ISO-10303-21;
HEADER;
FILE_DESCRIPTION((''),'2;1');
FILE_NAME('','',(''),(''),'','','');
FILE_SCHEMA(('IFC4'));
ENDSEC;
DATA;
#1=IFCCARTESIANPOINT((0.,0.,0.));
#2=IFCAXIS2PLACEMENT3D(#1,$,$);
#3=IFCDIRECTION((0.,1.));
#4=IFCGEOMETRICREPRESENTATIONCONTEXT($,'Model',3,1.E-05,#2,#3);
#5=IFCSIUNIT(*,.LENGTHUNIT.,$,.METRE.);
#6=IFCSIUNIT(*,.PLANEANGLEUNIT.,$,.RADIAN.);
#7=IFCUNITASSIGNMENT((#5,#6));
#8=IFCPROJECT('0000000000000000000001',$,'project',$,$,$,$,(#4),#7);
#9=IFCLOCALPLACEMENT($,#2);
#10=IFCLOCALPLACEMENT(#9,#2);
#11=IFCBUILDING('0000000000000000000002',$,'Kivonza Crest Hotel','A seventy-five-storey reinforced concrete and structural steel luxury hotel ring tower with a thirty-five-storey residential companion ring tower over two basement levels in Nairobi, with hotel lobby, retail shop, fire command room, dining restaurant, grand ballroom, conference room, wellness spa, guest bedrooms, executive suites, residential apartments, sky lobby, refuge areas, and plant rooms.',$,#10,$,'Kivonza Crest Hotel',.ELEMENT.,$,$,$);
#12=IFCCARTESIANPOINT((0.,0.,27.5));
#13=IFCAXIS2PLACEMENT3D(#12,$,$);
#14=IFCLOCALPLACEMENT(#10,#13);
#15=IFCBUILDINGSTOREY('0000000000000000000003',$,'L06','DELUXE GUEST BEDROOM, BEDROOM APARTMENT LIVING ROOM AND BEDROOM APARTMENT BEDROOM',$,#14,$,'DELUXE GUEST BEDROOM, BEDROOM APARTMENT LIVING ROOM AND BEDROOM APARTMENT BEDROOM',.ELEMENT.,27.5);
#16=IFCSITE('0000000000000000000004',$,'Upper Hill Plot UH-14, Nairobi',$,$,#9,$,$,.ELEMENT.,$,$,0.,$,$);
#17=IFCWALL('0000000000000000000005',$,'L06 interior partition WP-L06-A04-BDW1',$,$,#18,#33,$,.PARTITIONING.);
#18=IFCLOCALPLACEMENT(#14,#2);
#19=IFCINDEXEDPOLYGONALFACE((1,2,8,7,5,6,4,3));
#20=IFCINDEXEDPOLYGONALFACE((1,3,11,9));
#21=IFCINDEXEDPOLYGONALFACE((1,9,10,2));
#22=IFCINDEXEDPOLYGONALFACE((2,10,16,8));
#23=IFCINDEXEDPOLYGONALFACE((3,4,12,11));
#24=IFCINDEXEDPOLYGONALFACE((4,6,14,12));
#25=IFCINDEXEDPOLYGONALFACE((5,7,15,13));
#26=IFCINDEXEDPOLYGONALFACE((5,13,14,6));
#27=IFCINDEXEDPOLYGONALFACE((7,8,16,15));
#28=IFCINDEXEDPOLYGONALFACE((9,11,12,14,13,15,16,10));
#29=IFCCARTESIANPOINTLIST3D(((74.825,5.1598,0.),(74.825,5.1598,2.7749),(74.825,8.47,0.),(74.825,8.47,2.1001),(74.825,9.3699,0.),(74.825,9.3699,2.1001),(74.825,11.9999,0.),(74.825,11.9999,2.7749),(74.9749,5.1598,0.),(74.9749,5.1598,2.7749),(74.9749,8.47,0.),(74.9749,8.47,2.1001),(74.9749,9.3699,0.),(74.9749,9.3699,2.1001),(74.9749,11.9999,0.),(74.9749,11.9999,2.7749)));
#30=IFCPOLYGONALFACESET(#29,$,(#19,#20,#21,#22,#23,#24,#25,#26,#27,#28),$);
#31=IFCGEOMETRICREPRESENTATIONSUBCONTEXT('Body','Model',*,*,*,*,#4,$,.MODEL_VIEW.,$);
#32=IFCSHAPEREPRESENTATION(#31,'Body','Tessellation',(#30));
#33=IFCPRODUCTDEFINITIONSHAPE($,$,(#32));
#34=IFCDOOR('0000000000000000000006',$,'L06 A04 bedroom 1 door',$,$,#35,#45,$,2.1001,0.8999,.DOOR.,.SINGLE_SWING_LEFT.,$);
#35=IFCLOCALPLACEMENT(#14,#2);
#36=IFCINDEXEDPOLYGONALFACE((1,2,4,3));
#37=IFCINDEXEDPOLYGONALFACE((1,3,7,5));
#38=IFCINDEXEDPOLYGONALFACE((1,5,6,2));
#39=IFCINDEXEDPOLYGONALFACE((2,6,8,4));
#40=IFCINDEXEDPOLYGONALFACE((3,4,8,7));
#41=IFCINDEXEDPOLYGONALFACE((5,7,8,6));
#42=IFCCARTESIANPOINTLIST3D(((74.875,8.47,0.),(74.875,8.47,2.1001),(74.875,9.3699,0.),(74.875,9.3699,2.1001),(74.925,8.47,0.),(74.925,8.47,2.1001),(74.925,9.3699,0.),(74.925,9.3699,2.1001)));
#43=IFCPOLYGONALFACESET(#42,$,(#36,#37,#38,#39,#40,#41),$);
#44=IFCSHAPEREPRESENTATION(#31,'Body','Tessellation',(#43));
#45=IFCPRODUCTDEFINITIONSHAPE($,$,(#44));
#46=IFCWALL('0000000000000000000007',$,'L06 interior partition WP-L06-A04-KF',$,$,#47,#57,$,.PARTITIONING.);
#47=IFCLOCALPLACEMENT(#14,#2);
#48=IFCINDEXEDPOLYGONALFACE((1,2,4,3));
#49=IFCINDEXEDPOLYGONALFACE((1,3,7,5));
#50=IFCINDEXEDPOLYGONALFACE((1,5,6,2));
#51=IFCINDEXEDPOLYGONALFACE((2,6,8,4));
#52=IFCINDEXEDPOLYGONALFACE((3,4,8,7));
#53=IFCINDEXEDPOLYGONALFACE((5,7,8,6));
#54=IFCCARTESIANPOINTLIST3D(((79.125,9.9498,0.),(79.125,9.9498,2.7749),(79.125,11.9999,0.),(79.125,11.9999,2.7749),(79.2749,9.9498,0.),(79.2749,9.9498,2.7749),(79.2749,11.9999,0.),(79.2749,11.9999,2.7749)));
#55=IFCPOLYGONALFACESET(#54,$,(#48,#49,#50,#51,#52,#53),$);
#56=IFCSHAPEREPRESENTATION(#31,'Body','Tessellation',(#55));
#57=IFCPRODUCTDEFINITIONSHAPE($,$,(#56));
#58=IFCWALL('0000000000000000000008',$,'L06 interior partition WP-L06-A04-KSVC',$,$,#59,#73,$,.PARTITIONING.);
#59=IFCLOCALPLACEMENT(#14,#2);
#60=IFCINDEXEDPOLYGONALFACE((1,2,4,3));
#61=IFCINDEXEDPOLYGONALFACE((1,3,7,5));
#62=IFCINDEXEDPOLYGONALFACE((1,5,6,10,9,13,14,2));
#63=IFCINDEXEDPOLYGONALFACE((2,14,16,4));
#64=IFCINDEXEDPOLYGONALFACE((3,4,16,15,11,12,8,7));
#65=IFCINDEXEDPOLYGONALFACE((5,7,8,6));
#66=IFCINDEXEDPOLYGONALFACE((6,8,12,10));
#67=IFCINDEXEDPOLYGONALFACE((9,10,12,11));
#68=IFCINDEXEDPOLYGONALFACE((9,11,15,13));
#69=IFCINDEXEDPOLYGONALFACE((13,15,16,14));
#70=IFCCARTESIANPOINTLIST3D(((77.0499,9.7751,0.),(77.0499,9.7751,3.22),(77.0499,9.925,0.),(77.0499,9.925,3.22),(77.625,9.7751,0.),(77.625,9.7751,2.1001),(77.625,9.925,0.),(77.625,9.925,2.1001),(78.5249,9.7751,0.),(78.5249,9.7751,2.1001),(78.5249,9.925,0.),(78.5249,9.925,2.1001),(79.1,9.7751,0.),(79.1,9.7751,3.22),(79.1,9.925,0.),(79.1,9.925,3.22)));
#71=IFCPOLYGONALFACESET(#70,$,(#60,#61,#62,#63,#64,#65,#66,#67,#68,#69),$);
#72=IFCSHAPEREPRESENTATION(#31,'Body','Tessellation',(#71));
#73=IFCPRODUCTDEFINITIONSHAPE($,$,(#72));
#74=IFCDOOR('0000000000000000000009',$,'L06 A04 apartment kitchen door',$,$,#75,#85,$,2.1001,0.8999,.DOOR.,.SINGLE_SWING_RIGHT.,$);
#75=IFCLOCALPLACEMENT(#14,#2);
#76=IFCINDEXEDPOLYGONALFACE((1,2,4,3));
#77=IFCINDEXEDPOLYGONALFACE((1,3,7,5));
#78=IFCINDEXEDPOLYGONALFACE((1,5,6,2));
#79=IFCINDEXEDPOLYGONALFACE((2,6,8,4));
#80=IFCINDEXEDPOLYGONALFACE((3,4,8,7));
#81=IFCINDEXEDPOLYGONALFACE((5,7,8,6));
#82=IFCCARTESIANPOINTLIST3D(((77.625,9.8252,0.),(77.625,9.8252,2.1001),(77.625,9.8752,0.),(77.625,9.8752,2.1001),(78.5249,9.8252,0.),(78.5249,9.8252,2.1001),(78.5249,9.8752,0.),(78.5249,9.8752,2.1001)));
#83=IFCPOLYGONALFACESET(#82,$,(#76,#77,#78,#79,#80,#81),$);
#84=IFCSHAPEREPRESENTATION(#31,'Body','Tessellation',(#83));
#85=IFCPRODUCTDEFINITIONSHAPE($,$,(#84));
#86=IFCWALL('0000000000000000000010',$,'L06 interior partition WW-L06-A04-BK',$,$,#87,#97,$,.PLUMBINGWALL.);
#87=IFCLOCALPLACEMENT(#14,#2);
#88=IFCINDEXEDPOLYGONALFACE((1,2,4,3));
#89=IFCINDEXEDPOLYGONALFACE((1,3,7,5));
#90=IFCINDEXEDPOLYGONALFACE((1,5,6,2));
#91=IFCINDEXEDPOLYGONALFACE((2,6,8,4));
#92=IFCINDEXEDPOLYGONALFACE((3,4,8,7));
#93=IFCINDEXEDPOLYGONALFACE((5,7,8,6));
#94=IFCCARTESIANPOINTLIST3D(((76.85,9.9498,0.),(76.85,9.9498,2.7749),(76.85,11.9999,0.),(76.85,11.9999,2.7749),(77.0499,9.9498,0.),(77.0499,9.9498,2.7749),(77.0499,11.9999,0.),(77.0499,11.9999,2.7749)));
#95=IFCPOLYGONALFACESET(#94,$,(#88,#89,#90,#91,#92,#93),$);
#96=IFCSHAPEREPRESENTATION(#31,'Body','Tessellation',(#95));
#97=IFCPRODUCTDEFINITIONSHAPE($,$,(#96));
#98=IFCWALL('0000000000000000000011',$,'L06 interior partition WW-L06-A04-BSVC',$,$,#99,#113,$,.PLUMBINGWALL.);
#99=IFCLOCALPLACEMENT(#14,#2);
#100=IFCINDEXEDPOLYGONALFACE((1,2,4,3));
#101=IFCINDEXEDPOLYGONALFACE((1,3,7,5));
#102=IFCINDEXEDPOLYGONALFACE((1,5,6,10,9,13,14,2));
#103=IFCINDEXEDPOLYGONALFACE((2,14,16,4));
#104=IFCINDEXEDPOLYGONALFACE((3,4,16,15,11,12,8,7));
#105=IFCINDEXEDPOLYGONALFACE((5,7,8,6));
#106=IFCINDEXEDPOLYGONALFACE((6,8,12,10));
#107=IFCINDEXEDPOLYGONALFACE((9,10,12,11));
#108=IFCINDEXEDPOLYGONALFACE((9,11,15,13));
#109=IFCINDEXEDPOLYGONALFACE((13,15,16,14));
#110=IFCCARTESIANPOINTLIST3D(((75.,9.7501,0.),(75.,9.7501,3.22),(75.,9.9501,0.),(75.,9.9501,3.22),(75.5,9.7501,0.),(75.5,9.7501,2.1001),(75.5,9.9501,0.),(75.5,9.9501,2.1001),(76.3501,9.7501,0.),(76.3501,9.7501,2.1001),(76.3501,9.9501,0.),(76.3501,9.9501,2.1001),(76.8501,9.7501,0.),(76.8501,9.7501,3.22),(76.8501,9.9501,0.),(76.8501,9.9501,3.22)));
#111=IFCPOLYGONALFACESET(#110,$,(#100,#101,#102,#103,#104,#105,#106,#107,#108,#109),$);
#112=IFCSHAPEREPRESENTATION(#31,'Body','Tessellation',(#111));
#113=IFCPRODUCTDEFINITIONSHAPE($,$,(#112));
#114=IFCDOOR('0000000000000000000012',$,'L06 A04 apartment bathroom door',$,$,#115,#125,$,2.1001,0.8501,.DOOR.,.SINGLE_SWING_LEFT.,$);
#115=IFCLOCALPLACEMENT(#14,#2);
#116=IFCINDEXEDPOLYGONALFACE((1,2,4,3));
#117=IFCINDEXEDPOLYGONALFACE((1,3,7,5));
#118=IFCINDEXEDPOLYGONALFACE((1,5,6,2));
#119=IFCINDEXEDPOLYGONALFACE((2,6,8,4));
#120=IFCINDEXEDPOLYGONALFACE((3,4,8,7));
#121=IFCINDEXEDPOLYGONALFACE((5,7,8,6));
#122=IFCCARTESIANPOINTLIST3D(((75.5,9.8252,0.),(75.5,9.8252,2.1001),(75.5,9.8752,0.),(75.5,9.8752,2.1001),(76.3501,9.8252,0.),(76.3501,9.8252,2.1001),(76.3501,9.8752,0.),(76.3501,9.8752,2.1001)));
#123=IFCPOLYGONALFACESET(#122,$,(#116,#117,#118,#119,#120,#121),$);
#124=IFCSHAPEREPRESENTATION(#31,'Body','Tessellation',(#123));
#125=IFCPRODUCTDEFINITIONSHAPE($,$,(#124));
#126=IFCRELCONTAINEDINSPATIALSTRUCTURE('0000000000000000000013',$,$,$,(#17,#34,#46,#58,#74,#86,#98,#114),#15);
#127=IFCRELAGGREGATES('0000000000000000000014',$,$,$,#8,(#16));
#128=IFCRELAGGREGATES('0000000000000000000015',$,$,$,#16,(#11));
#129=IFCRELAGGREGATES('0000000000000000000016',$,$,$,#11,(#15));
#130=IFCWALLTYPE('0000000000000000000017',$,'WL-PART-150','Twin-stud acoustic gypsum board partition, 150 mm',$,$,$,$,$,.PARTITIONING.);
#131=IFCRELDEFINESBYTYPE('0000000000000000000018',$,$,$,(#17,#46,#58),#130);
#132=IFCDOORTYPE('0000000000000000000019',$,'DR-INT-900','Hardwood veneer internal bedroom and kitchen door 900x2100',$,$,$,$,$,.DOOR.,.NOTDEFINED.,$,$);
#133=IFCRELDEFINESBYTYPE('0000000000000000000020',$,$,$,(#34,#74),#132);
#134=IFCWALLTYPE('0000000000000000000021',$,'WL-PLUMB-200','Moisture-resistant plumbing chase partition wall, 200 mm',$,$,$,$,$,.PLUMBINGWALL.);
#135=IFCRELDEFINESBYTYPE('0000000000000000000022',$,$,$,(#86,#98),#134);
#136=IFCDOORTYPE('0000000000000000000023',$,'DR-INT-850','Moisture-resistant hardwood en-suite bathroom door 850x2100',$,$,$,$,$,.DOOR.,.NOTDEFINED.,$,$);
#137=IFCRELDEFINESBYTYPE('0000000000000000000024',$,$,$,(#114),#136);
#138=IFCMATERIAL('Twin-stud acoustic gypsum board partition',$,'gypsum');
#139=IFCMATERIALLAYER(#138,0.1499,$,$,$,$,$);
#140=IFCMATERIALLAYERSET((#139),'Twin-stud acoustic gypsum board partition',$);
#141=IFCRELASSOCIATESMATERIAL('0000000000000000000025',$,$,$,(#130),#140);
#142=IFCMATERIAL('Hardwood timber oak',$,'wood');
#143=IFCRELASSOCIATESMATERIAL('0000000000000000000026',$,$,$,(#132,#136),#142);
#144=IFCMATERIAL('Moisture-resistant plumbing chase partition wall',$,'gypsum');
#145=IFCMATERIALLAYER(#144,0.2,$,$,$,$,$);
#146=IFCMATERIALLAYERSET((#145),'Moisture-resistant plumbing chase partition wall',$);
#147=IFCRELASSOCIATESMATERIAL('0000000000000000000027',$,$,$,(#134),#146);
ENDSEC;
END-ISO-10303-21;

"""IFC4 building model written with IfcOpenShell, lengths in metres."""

from ifc_helpers import new_model, si_unit, direction, frame, frame_2d, origin, place, context, subcontext, project, spatial, rectangle, extrude, material, layer, layer_set, type_object, element, fill, save


model = new_model("IFC4")

# Units and contexts
model_context = context("Model", 3, precision=1e-05, world=origin(), true_north=direction((0.0, 1.0)))
body_context = subcontext(model_context, "Body", "Model", "MODEL_VIEW")
ifc_project = project(units=[si_unit("LENGTHUNIT", "METRE"), si_unit("PLANEANGLEUNIT", "RADIAN")], contexts=[model_context])

# Site, building, storey
site_placement = place(None, origin())
site = spatial("IfcSite", under=ifc_project, at=site_placement, Name="Upper Hill Plot UH-14, Nairobi", CompositionType="ELEMENT", RefElevation=0.0)
building_placement = place(site_placement, origin())
building = spatial("IfcBuilding", under=site, at=building_placement, Name="Kivonza Crest Hotel", Description="A seventy-five-storey reinforced concrete and structural steel luxury hotel ring tower with a thirty-five-storey residential companion ring tower over two basement levels in Nairobi, with hotel lobby, retail shop, fire command room, dining restaurant, grand ballroom, conference room, wellness spa, guest bedrooms, executive suites, residential apartments, sky lobby, refuge areas, and plant rooms.", LongName="Kivonza Crest Hotel", CompositionType="ELEMENT")
storey_placement = place(building_placement, frame((0.0, 0.0, 27.5)))
storey = spatial("IfcBuildingStorey", under=building, at=storey_placement, Name="L06", Description="DELUXE GUEST BEDROOM, BEDROOM APARTMENT LIVING ROOM AND BEDROOM APARTMENT BEDROOM", LongName="DELUXE GUEST BEDROOM, BEDROOM APARTMENT LIVING ROOM AND BEDROOM APARTMENT BEDROOM", CompositionType="ELEMENT", Elevation=27.5)

# Shared definitions
ifc_material_1 = material(Name="Hardwood timber oak", Category="wood")

# Wall, opening, door
ifc_material_2 = material(Name="Twin-stud acoustic gypsum board partition", Category="gypsum")
ifc_layer_1 = layer(ifc_material_2, 0.1499)
ifc_layer_set_1 = layer_set([ifc_layer_1], Name="Twin-stud acoustic gypsum board partition")
wall_type_1 = type_object("IfcWallType", Name="WL-PART-150", Description="Twin-stud acoustic gypsum board partition, 150 mm", PredefinedType="PARTITIONING", material=ifc_layer_set_1)
wall_1_placement = place(storey_placement, frame((74.8999, 5.1599, 0.0), z_axis=(0.0, 0.0, 1.0), x_axis=(0.0, 1.0, 0.0)))
wall_1 = element("IfcWall", 1, at=wall_1_placement, inside=storey, type_object=wall_type_1, Name="L06 interior partition WP-L06-A04-BDW1", PredefinedType="PARTITIONING", context=body_context, shape_type="SweptSolid", body=[
    extrude(rectangle(XDim=6.8401, YDim=0.1499, at=frame_2d((3.4199, 0.0))), origin(), (0.0, 0.0, 1.0), 2.7749),
])
opening_1_placement = place(wall_1_placement, frame((3.3101, 0.0, 0.0)))
opening_1 = element("IfcOpeningElement", 2, at=opening_1_placement, cuts=wall_1, PredefinedType="OPENING", context=body_context, shape_type="SweptSolid", body=[
    extrude(rectangle(XDim=0.8999, YDim=2.1001, at=frame_2d((0.45, 1.05))), frame((0.0, 0.085, 0.0), z_axis=(0.0, -1.0, 0.0), x_axis=(1.0, 0.0, 0.0)), (0.0, 0.0, 1.0), 0.1699),
])
door_type_1 = type_object("IfcDoorType", Name="DR-INT-900", Description="Hardwood veneer internal bedroom and kitchen door 900x2100", OperationType="NOTDEFINED", PredefinedType="DOOR", material=ifc_material_1)
door_1_placement = place(opening_1_placement, origin())
door_1 = element("IfcDoor", 3, at=door_1_placement, inside=storey, type_object=door_type_1, Name="L06 A04 bedroom 1 door", OperationType="SINGLE_SWING_LEFT", OverallHeight=2.1001, OverallWidth=0.8999, PredefinedType="DOOR", context=body_context, shape_type="SweptSolid", body=[
    extrude(rectangle(XDim=0.8999, YDim=2.1001, at=frame_2d((0.45, 1.05))), frame((0.0, 0.0249, 0.0), z_axis=(0.0, -1.0, 0.0), x_axis=(1.0, 0.0, 0.0)), (0.0, 0.0, 1.0), 0.05),
])
fill(opening_1, door_1)

# Wall
wall_2_placement = place(storey_placement, frame((79.2, 9.95, 0.0), z_axis=(0.0, 0.0, 1.0), x_axis=(0.0, 1.0, 0.0)))
element("IfcWall", 4, at=wall_2_placement, inside=storey, type_object=wall_type_1, Name="L06 interior partition WP-L06-A04-KF", PredefinedType="PARTITIONING", context=body_context, shape_type="SweptSolid", body=[
    extrude(rectangle(XDim=2.05, YDim=0.1499, at=frame_2d((1.0249, 0.0))), origin(), (0.0, 0.0, 1.0), 2.7749),
])

# Wall, opening, door
wall_3_placement = place(storey_placement, frame((77.05, 9.8501, 0.0), z_axis=(0.0, 0.0, 1.0), x_axis=(1.0, 0.0, 0.0)))
wall_3 = element("IfcWall", 5, at=wall_3_placement, inside=storey, type_object=wall_type_1, Name="L06 interior partition WP-L06-A04-KSVC", PredefinedType="PARTITIONING", context=body_context, shape_type="SweptSolid", body=[
    extrude(rectangle(XDim=2.05, YDim=0.1499, at=frame_2d((1.0249, 0.0))), origin(), (0.0, 0.0, 1.0), 3.22),
])
opening_2_placement = place(wall_3_placement, frame((0.575, 0.0, 0.0)))
opening_2 = element("IfcOpeningElement", 6, at=opening_2_placement, cuts=wall_3, PredefinedType="OPENING", context=body_context, shape_type="SweptSolid", body=[
    extrude(rectangle(XDim=0.8999, YDim=2.1001, at=frame_2d((0.45, 1.05))), frame((0.0, 0.085, 0.0), z_axis=(0.0, -1.0, 0.0), x_axis=(1.0, 0.0, 0.0)), (0.0, 0.0, 1.0), 0.1699),
])
door_2_placement = place(opening_2_placement, frame((0.8999, 0.0, 0.0), z_axis=(0.0, 0.0, 1.0), x_axis=(-1.0, 0.0, 0.0)))
door_2 = element("IfcDoor", 7, at=door_2_placement, inside=storey, type_object=door_type_1, Name="L06 A04 apartment kitchen door", OperationType="SINGLE_SWING_RIGHT", OverallHeight=2.1001, OverallWidth=0.8999, PredefinedType="DOOR", context=body_context, shape_type="SweptSolid", body=[
    extrude(rectangle(XDim=0.8999, YDim=2.1001, at=frame_2d((0.45, 1.05))), frame((0.0, 0.0249, 0.0), z_axis=(0.0, -1.0, 0.0), x_axis=(1.0, 0.0, 0.0)), (0.0, 0.0, 1.0), 0.05),
])
fill(opening_2, door_2)

# Wall
ifc_material_3 = material(Name="Moisture-resistant plumbing chase partition wall", Category="gypsum")
ifc_layer_2 = layer(ifc_material_3, 0.2)
ifc_layer_set_2 = layer_set([ifc_layer_2], Name="Moisture-resistant plumbing chase partition wall")
wall_type_2 = type_object("IfcWallType", Name="WL-PLUMB-200", Description="Moisture-resistant plumbing chase partition wall, 200 mm", PredefinedType="PLUMBINGWALL", material=ifc_layer_set_2)
wall_4_placement = place(storey_placement, frame((76.95, 9.95, 0.0), z_axis=(0.0, 0.0, 1.0), x_axis=(0.0, 1.0, 0.0)))
element("IfcWall", 8, at=wall_4_placement, inside=storey, type_object=wall_type_2, Name="L06 interior partition WW-L06-A04-BK", PredefinedType="PLUMBINGWALL", context=body_context, shape_type="SweptSolid", body=[
    extrude(rectangle(XDim=2.05, YDim=0.2, at=frame_2d((1.0249, 0.0))), origin(), (0.0, 0.0, 1.0), 2.7749),
])

# Wall, opening, door
wall_5_placement = place(storey_placement, frame((75.0, 9.8501, 0.0), z_axis=(0.0, 0.0, 1.0), x_axis=(1.0, 0.0, 0.0)))
wall_5 = element("IfcWall", 9, at=wall_5_placement, inside=storey, type_object=wall_type_2, Name="L06 interior partition WW-L06-A04-BSVC", PredefinedType="PLUMBINGWALL", context=body_context, shape_type="SweptSolid", body=[
    extrude(rectangle(XDim=1.8501, YDim=0.2, at=frame_2d((0.925, 0.0))), origin(), (0.0, 0.0, 1.0), 3.22),
])
opening_3_placement = place(wall_5_placement, frame((0.5, 0.0, 0.0)))
opening_3 = element("IfcOpeningElement", 10, at=opening_3_placement, cuts=wall_5, PredefinedType="OPENING", context=body_context, shape_type="SweptSolid", body=[
    extrude(rectangle(XDim=0.8501, YDim=2.1001, at=frame_2d((0.425, 1.05))), frame((0.0, 0.1099, 0.0), z_axis=(0.0, -1.0, 0.0), x_axis=(1.0, 0.0, 0.0)), (0.0, 0.0, 1.0), 0.22),
])
door_type_2 = type_object("IfcDoorType", Name="DR-INT-850", Description="Moisture-resistant hardwood en-suite bathroom door 850x2100", OperationType="NOTDEFINED", PredefinedType="DOOR", material=ifc_material_1)
door_3_placement = place(opening_3_placement, frame((0.8501, 0.0, 0.0), z_axis=(0.0, 0.0, 1.0), x_axis=(-1.0, 0.0, 0.0)))
door_3 = element("IfcDoor", 11, at=door_3_placement, inside=storey, type_object=door_type_2, Name="L06 A04 apartment bathroom door", OperationType="SINGLE_SWING_LEFT", OverallHeight=2.1001, OverallWidth=0.8501, PredefinedType="DOOR", context=body_context, shape_type="SweptSolid", body=[
    extrude(rectangle(XDim=0.8501, YDim=2.1001, at=frame_2d((0.425, 1.05))), frame((0.0, 0.0249, 0.0), z_axis=(0.0, -1.0, 0.0), x_axis=(1.0, 0.0, 0.0)), (0.0, 0.0, 1.0), 0.05),
])
fill(opening_3, door_3)

save(model, "model.ifc")
